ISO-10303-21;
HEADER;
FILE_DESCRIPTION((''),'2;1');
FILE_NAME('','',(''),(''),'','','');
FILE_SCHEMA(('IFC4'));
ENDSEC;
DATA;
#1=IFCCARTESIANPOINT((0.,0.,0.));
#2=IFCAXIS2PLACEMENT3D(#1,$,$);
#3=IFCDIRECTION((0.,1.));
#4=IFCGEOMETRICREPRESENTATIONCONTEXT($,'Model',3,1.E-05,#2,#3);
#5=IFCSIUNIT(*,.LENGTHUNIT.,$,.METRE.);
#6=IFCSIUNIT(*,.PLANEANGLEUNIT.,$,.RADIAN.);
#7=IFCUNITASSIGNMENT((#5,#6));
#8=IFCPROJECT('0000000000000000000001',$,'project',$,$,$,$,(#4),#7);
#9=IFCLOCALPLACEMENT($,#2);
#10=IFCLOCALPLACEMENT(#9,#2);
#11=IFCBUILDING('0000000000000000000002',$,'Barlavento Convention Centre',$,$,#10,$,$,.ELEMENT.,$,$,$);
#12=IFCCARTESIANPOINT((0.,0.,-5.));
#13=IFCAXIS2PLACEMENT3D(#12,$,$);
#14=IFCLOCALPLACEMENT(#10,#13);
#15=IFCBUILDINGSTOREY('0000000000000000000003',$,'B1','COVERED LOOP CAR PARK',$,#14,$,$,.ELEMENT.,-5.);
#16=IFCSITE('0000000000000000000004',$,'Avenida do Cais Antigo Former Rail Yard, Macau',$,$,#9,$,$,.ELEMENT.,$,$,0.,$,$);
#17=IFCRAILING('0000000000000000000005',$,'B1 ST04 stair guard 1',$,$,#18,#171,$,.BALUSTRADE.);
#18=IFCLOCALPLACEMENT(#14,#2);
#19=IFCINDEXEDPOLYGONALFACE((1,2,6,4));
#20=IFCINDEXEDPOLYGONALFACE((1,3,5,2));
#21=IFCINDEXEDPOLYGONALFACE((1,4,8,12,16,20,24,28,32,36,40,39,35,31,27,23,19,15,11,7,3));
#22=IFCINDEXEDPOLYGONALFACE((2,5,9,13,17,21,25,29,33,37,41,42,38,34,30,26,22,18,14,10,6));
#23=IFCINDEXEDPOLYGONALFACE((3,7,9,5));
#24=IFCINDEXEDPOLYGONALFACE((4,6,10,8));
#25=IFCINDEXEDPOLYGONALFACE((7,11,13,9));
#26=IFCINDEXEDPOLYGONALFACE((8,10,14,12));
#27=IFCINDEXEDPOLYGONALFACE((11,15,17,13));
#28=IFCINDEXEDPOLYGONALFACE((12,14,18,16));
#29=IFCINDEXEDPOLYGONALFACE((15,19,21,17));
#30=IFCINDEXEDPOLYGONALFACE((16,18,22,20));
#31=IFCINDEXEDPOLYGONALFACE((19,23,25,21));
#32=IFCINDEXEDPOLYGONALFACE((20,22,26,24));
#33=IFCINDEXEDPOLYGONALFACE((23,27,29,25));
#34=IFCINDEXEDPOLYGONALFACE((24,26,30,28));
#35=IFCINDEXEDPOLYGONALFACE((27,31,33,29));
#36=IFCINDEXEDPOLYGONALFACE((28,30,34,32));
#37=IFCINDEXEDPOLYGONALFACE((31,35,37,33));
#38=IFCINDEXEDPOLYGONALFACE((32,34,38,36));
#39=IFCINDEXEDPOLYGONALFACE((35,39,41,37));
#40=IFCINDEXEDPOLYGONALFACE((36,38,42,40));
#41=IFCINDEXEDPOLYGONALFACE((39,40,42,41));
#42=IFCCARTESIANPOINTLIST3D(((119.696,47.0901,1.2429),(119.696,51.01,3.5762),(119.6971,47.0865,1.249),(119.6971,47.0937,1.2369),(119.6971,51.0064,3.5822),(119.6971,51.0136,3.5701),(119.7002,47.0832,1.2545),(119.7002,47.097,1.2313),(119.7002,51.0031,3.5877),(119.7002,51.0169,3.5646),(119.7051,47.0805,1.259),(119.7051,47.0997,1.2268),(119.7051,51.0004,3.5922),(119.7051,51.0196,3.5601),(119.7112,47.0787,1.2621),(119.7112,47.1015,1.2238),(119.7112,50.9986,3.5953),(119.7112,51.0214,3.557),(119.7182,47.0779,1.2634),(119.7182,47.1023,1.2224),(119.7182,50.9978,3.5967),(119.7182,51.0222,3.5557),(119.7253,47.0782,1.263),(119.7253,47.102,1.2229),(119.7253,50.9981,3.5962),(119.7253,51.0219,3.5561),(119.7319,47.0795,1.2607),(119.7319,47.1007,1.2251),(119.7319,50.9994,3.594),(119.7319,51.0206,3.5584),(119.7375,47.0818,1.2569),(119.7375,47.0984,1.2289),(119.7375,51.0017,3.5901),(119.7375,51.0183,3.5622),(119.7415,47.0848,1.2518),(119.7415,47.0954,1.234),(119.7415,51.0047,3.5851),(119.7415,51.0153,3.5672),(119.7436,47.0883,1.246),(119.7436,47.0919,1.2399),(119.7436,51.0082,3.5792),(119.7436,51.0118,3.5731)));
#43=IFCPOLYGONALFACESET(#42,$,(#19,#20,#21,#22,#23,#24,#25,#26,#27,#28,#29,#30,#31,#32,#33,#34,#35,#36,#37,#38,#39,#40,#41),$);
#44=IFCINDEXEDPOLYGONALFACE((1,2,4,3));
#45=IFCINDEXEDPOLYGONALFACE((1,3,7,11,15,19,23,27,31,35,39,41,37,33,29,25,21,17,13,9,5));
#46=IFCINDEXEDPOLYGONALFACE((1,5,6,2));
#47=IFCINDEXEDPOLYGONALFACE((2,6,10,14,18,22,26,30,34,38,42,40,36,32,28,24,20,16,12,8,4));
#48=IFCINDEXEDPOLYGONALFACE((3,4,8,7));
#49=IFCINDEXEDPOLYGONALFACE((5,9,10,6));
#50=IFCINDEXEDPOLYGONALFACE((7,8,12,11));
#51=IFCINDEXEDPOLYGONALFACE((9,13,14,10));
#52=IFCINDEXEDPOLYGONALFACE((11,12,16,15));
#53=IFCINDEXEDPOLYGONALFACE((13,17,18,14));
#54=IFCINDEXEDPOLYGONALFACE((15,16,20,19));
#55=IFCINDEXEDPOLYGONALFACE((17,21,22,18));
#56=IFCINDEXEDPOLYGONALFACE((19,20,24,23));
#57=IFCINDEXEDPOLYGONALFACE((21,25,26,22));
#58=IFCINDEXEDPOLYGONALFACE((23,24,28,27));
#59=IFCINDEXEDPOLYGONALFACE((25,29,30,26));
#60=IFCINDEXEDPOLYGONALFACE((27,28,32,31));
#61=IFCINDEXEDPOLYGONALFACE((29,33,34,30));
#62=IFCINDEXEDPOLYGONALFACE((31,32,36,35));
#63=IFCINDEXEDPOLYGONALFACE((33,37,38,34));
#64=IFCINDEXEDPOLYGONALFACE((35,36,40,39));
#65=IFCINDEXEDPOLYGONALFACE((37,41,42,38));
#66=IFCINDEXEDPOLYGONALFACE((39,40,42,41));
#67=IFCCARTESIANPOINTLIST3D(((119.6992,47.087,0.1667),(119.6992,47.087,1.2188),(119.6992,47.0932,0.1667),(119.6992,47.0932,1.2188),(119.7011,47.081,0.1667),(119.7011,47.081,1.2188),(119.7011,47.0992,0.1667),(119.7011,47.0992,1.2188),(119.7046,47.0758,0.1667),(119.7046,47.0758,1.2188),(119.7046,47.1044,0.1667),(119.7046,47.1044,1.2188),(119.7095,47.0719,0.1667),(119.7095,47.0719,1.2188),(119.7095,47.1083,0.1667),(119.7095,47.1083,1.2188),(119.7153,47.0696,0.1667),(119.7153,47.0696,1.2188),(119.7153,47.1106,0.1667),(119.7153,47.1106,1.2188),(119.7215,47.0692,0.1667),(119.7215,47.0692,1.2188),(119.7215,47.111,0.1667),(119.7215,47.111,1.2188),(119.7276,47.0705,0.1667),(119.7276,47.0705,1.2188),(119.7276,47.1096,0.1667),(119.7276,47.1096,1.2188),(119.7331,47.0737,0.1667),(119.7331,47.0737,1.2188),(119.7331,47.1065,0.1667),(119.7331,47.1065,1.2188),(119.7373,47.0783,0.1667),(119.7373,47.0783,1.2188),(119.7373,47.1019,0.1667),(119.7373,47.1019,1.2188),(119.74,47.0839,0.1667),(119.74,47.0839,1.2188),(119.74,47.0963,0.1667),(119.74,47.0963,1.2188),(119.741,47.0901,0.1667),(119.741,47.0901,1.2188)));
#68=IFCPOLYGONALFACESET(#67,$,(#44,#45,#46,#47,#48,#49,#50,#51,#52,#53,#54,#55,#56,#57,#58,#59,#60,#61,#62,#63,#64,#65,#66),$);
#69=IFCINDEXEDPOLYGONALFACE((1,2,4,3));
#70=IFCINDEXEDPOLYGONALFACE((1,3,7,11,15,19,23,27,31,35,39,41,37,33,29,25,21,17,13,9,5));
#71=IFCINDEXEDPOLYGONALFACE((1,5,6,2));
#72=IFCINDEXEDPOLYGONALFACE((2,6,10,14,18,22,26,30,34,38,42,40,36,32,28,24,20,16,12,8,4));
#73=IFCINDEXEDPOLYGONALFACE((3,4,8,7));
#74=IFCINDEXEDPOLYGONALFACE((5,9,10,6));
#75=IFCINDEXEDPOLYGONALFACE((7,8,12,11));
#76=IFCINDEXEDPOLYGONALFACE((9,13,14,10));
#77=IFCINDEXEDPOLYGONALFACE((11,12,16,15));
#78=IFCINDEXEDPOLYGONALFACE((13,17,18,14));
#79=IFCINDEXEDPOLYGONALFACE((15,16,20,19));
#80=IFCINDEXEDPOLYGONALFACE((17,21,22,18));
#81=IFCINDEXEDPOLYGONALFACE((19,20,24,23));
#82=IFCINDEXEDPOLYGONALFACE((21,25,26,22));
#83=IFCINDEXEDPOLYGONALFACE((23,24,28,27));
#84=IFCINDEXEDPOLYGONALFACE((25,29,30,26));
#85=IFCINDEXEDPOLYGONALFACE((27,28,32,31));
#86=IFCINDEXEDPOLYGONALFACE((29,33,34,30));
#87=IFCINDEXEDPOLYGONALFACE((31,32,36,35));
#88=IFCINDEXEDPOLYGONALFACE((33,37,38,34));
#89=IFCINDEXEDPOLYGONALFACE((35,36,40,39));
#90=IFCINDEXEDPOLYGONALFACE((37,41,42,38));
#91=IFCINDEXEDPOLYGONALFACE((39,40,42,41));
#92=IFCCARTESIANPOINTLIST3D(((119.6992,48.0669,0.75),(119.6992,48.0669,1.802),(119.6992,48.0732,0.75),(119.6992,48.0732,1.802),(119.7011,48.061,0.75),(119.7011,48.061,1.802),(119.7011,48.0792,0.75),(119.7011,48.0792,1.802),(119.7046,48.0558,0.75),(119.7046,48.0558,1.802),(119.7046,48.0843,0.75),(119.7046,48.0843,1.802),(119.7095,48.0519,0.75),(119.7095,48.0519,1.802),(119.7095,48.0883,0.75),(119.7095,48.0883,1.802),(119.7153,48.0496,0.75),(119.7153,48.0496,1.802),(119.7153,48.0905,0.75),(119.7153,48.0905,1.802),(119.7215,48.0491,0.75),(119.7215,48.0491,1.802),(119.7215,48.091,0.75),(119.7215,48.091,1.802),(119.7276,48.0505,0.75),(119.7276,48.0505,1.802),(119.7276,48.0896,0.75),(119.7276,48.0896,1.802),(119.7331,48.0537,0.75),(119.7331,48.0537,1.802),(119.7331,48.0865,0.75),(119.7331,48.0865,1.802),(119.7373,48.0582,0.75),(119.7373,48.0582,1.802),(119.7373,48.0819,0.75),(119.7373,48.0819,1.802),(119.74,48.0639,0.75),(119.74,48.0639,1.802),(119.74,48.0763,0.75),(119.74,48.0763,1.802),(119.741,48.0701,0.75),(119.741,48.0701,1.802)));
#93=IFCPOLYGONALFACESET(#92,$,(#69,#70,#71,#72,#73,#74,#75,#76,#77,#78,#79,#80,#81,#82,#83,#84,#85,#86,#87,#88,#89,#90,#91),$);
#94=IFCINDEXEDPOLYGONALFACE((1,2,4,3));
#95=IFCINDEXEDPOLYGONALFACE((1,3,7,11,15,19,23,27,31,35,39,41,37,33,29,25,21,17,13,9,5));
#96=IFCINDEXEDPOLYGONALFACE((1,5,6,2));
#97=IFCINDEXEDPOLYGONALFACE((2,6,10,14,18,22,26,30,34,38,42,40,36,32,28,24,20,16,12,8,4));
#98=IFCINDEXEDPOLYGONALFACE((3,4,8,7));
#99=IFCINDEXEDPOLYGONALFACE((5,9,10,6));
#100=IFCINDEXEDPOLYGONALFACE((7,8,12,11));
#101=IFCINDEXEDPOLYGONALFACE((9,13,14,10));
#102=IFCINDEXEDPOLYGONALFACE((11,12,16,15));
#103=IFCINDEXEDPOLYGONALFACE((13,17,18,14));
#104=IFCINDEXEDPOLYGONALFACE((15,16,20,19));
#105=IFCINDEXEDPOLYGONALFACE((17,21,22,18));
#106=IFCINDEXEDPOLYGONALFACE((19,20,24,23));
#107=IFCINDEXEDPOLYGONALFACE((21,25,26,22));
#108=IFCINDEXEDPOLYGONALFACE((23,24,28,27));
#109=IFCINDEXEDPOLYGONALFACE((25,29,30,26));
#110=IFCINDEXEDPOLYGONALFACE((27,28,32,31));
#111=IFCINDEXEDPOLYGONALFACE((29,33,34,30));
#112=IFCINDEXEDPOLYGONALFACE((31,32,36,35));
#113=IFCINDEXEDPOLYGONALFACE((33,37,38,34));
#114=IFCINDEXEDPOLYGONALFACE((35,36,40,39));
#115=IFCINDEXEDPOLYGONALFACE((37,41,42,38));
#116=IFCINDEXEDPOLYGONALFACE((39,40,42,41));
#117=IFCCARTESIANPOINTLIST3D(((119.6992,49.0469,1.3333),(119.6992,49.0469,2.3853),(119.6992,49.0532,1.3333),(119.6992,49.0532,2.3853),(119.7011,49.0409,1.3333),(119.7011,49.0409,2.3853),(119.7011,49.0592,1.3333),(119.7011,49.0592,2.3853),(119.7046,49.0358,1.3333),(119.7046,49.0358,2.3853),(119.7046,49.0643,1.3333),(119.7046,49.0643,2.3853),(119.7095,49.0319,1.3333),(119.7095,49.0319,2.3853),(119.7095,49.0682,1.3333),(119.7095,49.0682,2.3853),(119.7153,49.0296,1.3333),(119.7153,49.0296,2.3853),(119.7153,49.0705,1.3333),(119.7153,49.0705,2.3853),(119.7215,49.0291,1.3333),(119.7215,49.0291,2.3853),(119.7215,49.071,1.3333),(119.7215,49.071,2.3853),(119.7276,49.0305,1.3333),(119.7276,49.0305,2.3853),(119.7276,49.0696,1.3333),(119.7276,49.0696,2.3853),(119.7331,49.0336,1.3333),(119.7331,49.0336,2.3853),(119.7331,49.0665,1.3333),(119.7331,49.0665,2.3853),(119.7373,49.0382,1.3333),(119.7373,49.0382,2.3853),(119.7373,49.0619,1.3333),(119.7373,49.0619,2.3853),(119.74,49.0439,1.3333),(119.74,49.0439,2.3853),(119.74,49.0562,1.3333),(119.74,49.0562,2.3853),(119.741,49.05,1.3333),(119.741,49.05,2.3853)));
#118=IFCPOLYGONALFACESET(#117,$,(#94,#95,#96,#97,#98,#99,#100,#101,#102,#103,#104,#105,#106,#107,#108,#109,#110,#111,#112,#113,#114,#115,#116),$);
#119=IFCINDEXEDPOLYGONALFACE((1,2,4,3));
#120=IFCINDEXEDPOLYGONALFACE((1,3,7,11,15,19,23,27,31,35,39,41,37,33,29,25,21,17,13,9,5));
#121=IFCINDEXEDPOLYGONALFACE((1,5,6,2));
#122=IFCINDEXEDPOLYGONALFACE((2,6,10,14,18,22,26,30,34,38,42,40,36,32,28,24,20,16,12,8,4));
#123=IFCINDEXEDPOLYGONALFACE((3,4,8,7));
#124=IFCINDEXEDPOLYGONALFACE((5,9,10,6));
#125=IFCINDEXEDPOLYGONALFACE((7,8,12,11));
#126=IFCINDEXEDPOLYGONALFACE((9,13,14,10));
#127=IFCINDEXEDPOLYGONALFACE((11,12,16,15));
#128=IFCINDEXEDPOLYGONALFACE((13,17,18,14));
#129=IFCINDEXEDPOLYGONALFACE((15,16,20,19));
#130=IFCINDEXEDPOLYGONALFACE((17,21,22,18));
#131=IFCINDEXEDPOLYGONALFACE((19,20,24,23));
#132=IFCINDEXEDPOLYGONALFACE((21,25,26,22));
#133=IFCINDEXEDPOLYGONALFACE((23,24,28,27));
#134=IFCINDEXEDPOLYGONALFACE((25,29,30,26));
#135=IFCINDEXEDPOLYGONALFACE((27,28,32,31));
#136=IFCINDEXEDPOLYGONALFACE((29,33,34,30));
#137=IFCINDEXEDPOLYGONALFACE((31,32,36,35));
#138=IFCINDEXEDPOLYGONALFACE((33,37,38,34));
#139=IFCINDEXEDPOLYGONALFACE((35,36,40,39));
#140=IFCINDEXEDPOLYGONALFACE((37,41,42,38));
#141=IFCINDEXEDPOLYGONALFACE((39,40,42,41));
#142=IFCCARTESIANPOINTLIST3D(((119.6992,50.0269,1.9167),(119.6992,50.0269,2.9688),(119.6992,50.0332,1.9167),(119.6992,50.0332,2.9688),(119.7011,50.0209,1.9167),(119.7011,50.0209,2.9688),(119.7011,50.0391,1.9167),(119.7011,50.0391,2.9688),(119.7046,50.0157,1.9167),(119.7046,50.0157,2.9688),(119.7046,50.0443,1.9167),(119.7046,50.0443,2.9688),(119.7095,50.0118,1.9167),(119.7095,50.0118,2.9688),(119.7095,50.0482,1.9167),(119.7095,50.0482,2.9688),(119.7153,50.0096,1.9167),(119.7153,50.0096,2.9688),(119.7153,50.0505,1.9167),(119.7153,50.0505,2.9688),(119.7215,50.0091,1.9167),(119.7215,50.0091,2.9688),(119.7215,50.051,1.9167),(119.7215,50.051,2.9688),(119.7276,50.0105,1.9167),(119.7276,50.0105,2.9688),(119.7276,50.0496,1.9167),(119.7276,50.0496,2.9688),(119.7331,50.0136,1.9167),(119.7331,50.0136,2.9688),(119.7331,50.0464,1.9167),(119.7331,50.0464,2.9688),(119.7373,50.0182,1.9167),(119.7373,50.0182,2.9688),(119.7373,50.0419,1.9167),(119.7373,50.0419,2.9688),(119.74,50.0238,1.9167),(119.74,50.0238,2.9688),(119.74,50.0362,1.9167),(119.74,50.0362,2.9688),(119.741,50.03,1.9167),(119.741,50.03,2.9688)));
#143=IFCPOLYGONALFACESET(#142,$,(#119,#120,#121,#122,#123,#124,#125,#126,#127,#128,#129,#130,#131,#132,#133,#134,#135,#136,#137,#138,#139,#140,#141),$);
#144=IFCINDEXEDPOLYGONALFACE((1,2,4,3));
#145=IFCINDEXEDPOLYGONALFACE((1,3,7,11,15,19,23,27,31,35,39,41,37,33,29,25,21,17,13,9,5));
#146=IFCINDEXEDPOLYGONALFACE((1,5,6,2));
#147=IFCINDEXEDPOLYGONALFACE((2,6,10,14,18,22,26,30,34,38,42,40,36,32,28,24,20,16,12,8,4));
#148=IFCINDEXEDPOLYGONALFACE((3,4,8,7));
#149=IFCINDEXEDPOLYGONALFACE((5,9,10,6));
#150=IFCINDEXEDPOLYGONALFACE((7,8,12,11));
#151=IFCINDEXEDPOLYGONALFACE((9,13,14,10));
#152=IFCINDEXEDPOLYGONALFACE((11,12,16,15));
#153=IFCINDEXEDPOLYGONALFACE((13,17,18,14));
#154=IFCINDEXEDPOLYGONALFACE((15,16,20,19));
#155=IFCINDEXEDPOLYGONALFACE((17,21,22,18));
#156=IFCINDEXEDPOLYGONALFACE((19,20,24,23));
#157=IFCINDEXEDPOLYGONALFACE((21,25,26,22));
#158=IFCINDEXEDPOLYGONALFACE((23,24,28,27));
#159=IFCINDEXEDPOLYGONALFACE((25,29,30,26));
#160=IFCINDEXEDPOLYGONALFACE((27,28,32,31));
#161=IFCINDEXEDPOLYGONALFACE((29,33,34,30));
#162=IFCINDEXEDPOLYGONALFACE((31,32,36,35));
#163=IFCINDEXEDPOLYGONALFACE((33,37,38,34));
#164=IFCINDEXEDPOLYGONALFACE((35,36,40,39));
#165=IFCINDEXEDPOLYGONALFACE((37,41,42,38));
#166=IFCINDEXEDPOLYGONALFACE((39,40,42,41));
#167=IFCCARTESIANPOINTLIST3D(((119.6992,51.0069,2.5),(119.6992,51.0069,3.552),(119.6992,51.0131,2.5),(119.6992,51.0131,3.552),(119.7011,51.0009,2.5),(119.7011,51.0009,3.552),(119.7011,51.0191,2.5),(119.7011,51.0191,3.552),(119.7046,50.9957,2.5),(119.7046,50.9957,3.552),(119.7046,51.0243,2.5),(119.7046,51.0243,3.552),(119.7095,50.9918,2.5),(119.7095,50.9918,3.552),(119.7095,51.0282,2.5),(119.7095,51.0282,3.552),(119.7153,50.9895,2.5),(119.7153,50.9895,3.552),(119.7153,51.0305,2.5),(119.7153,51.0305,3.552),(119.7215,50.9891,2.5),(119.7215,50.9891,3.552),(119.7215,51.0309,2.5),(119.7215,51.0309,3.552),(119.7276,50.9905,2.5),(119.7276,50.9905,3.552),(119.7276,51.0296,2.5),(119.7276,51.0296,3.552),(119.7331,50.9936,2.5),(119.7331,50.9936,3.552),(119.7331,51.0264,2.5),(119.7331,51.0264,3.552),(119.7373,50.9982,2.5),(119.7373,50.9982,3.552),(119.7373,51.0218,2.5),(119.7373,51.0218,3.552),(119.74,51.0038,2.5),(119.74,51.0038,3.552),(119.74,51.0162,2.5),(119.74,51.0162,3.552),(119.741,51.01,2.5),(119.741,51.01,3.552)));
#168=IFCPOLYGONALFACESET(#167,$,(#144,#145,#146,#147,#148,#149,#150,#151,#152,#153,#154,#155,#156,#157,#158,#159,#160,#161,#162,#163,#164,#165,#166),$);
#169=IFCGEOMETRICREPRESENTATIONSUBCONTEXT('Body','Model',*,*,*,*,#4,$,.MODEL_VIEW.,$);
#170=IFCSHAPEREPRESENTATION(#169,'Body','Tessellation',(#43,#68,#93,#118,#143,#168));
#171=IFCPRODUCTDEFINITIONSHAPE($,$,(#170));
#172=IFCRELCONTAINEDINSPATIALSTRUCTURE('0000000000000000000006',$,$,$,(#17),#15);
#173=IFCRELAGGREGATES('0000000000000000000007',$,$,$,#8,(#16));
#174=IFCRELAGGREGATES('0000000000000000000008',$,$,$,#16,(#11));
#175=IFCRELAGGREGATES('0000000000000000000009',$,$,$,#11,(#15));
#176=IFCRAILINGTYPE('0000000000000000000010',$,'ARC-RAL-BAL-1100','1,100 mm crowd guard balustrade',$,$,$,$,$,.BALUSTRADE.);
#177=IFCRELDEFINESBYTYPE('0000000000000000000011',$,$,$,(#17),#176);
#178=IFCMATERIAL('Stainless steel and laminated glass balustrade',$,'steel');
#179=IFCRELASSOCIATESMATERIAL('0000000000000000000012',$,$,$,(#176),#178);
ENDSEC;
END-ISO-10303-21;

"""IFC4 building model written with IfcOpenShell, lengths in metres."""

from ifc_helpers import new_model, si_unit, direction, frame, origin, origin_2d, place, context, subcontext, project, spatial, circle, extrude, material, type_object, element, save


model = new_model("IFC4")

# Units and contexts
model_context = context("Model", 3, precision=1e-05, world=origin(), true_north=direction((0.0, 1.0)))
body_context = subcontext(model_context, "Body", "Model", "MODEL_VIEW")
ifc_project = project(units=[si_unit("LENGTHUNIT", "METRE"), si_unit("PLANEANGLEUNIT", "RADIAN")], contexts=[model_context])

# Site, building, storey
site_placement = place(None, origin())
site = spatial("IfcSite", under=ifc_project, at=site_placement, Name="Avenida do Cais Antigo Former Rail Yard, Macau", CompositionType="ELEMENT", RefElevation=0.0)
building_placement = place(site_placement, origin())
building = spatial("IfcBuilding", under=site, at=building_placement, Name="Barlavento Convention Centre", CompositionType="ELEMENT")
storey_placement = place(building_placement, frame((0.0, 0.0, -5.0)))
storey = spatial("IfcBuildingStorey", under=building, at=storey_placement, Name="B1", Description="COVERED LOOP CAR PARK", CompositionType="ELEMENT", Elevation=-5.0)

# Railing
ifc_material_1 = material(Name="Stainless steel and laminated glass balustrade", Category="steel")
railing_type_1 = type_object("IfcRailingType", Name="ARC-RAL-BAL-1100", Description="1,100 mm crowd guard balustrade", PredefinedType="BALUSTRADE", material=ifc_material_1)
railing_1_placement = place(storey_placement, frame((119.72, 47.0901, 0.1667)))
element("IfcRailing", 1, at=railing_1_placement, inside=storey, type_object=railing_type_1, Name="B1 ST04 stair guard 1", PredefinedType="BALUSTRADE", context=body_context, shape_type="SweptSolid", body=[
    extrude(circle(Radius=0.0239, at=origin_2d()), frame((0.0, 0.0, 1.0762), z_axis=(0.0, 0.859296, 0.511478), x_axis=(-1.0, 0.0, 0.0)), (0.0, 0.0, 1.0), 4.5618),
    extrude(circle(Radius=0.021, at=origin_2d()), origin(), (0.0, 0.0, 1.0), 1.052),
    extrude(circle(Radius=0.021, at=origin_2d()), frame((0.0, 0.98, 0.5833)), (0.0, 0.0, 1.0), 1.052),
    extrude(circle(Radius=0.021, at=origin_2d()), frame((0.0, 1.96, 1.1665)), (0.0, 0.0, 1.0), 1.052),
    extrude(circle(Radius=0.021, at=origin_2d()), frame((0.0, 2.9399, 1.75)), (0.0, 0.0, 1.0), 1.052),
    extrude(circle(Radius=0.021, at=origin_2d()), frame((0.0, 3.9199, 2.3333)), (0.0, 0.0, 1.0), 1.052),
])

save(model, "model.ifc")
